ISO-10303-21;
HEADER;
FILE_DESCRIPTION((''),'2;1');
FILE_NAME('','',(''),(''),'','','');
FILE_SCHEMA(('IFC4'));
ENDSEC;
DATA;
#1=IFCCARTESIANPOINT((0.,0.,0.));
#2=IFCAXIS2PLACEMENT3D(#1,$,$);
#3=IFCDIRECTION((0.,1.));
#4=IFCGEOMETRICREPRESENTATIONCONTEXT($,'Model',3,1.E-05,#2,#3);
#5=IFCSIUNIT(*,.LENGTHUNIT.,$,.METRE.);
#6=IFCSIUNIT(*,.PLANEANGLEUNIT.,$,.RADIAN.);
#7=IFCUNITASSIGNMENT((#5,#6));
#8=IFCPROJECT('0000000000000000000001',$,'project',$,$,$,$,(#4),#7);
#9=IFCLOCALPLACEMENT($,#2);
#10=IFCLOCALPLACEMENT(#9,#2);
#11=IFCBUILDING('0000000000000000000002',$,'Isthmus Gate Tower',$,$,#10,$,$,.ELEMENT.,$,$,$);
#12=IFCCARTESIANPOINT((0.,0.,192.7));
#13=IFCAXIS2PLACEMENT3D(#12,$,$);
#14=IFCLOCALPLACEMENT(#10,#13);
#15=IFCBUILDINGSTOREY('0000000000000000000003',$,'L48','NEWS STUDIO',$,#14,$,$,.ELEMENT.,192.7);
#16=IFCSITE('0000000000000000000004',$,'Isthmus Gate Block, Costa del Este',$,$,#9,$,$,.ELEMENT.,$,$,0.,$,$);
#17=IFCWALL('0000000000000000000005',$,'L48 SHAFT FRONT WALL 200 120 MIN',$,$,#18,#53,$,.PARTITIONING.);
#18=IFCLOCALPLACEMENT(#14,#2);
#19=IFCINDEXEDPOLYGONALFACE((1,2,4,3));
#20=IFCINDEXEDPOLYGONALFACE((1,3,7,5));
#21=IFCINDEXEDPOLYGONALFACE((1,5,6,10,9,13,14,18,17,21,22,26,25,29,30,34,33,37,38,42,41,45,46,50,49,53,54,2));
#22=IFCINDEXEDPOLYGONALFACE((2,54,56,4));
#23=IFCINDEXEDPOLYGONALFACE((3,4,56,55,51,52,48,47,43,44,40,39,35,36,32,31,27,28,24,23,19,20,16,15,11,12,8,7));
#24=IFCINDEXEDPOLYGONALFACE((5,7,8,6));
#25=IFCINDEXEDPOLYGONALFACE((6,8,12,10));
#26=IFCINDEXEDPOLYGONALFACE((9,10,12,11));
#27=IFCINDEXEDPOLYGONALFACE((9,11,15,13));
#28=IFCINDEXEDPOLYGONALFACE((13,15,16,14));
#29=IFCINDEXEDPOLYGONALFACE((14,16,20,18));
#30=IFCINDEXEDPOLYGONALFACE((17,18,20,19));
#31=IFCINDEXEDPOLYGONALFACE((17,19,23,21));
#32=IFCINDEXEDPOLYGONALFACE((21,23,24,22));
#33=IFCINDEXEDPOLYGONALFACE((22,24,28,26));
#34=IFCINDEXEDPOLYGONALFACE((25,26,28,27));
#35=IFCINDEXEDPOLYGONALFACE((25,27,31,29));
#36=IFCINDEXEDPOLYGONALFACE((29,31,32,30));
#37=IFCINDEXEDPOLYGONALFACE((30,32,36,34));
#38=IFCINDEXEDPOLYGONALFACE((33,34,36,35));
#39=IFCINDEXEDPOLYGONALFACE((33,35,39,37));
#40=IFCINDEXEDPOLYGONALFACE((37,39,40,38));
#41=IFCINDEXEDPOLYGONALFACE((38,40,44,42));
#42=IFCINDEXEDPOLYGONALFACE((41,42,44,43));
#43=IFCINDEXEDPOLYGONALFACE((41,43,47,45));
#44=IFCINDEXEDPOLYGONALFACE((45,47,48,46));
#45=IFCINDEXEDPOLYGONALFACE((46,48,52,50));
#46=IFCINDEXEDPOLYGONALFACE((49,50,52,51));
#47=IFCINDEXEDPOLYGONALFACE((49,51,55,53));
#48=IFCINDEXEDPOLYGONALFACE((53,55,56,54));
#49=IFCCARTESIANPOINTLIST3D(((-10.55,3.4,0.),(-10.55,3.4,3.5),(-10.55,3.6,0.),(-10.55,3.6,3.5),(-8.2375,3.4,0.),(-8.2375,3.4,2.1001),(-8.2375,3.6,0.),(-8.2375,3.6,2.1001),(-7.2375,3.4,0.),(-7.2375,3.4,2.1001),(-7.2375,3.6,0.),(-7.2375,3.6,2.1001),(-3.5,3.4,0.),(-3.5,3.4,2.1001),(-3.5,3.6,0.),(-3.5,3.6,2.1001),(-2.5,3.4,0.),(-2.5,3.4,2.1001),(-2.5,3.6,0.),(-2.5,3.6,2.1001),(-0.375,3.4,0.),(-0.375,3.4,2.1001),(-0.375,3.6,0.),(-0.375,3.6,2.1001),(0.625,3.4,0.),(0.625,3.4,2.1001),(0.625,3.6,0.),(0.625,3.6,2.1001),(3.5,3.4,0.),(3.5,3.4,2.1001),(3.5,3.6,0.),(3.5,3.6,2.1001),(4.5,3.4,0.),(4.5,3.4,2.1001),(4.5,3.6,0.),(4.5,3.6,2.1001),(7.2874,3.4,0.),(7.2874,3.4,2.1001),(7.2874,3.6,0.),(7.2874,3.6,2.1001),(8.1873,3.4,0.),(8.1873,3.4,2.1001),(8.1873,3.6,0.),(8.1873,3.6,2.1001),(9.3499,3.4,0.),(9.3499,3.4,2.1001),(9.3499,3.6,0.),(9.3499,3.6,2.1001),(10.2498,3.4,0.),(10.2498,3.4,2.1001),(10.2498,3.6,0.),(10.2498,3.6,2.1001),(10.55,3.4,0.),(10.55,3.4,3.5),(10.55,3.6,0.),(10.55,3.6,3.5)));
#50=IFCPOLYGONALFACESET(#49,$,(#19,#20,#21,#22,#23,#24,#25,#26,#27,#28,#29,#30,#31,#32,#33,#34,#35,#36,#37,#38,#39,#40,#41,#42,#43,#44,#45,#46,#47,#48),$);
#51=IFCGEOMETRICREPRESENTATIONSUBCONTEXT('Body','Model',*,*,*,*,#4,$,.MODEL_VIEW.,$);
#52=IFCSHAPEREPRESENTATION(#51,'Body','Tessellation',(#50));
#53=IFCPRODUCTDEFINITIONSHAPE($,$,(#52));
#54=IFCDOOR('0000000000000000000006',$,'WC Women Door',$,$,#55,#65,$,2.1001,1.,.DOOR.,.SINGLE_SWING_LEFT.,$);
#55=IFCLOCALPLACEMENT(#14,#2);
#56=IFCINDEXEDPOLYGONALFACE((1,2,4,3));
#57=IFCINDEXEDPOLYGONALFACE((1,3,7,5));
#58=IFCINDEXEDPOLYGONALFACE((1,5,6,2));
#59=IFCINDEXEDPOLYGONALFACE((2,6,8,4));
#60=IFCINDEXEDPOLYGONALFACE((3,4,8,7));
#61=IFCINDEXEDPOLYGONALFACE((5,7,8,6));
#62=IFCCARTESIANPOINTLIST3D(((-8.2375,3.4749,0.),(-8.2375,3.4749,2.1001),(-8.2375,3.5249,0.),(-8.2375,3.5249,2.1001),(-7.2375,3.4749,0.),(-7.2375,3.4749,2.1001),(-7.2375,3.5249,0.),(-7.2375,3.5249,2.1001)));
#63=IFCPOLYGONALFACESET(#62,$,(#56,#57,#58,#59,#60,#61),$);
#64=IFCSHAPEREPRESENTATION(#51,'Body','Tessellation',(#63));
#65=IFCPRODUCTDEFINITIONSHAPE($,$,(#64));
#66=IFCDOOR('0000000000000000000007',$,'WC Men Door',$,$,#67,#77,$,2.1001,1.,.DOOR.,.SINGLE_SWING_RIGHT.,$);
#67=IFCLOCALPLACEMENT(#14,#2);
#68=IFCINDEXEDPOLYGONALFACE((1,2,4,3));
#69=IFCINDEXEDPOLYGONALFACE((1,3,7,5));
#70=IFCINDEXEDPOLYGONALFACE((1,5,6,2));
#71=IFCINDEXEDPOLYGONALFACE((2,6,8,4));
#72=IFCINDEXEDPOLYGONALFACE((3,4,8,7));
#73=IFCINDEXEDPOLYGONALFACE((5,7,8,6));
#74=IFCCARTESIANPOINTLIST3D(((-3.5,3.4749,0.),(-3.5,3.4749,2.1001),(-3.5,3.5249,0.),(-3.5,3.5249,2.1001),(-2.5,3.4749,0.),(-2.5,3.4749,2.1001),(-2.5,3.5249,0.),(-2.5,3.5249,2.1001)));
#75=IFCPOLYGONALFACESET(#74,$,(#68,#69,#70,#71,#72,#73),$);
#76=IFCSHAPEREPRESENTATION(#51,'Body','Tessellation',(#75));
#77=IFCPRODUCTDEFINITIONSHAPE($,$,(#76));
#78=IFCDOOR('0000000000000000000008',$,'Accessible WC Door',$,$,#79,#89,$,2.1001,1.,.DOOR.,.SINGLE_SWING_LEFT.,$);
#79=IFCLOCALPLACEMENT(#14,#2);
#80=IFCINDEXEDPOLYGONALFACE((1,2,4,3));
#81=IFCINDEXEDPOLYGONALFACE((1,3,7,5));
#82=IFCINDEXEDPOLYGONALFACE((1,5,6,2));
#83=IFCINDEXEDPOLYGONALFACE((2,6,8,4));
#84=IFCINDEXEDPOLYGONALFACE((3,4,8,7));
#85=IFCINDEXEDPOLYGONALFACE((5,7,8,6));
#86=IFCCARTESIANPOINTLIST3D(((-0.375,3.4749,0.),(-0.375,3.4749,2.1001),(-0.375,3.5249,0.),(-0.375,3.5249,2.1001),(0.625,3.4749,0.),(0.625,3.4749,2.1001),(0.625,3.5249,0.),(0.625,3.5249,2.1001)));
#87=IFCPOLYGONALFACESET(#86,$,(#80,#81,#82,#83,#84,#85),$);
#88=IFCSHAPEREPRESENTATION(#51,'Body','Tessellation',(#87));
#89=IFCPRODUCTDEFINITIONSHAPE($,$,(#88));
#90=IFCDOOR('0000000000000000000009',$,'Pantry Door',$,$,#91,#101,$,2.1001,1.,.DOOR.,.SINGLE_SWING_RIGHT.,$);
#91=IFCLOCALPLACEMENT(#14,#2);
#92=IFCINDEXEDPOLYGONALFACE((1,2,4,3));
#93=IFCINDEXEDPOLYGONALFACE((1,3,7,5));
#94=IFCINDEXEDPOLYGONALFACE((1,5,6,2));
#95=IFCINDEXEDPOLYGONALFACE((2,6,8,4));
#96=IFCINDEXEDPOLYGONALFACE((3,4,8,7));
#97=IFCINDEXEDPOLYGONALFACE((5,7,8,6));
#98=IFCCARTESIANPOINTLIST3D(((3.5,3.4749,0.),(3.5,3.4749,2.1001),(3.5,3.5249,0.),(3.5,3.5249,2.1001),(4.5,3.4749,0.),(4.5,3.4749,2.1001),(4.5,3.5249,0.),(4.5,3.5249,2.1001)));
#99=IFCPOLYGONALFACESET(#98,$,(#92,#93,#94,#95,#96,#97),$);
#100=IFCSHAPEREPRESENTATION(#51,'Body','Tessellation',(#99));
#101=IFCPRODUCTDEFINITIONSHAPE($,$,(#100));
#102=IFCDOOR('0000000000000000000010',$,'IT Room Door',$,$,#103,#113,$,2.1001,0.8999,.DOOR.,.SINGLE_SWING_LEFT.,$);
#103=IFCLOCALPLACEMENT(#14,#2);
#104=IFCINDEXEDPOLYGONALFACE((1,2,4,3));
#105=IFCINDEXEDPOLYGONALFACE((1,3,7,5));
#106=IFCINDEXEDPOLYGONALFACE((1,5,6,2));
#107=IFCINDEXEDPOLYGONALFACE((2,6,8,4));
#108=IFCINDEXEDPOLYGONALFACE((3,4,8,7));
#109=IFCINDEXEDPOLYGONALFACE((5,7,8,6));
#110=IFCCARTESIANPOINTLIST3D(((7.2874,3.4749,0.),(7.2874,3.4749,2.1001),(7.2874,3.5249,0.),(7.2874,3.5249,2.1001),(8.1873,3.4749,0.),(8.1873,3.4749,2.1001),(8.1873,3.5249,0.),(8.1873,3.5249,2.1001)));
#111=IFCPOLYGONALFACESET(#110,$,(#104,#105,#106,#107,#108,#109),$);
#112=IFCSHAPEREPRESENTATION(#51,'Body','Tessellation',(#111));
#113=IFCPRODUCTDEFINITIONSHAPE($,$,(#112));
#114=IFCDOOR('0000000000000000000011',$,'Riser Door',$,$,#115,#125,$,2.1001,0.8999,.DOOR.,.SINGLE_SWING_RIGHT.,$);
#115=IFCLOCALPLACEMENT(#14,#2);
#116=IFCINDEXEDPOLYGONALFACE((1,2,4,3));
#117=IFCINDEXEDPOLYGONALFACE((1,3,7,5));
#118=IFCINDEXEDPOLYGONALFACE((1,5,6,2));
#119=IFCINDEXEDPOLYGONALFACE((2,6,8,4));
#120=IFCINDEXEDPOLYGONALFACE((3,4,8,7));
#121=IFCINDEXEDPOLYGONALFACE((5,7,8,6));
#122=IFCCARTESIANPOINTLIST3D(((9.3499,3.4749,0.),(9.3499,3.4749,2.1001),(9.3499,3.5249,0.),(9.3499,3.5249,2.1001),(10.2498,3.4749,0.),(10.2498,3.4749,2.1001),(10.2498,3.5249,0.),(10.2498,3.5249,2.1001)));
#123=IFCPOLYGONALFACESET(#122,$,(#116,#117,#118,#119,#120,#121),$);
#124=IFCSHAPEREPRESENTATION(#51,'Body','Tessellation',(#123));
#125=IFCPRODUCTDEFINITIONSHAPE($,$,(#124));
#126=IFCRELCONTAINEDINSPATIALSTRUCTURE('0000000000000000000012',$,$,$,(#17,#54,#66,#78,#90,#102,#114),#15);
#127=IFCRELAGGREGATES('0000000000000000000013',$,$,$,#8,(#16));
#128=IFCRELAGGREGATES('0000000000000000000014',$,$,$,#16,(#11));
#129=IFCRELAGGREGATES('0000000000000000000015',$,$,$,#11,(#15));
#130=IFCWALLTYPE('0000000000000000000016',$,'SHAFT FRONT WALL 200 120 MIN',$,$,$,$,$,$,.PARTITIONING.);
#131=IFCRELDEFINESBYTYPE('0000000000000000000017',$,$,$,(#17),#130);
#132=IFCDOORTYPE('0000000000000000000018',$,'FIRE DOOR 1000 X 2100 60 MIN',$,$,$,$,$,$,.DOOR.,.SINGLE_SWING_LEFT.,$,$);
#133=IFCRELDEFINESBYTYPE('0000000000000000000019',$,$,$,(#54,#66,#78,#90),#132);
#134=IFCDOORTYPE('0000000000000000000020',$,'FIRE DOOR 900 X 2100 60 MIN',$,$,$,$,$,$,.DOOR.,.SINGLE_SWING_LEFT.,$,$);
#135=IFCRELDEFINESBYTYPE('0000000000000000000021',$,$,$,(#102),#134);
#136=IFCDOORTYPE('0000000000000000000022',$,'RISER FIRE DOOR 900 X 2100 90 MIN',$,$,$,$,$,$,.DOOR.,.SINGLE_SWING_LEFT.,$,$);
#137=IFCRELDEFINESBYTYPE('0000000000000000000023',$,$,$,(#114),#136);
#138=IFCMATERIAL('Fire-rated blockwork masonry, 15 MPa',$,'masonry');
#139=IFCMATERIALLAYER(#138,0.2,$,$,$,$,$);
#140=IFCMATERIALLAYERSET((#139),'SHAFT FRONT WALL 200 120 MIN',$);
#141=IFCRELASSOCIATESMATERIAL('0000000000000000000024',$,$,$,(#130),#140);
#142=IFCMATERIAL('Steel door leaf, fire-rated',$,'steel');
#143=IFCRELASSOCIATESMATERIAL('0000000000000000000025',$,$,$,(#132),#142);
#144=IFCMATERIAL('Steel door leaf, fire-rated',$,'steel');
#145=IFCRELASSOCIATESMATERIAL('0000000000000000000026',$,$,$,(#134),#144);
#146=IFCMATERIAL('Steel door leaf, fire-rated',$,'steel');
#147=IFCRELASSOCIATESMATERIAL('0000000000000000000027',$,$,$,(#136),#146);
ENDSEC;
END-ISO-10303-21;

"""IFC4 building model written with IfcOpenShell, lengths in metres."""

from ifc_helpers import new_model, si_unit, direction, frame, frame_2d, origin, place, context, subcontext, project, spatial, rectangle, extrude, material, layer, layer_set, type_object, element, fill, save


model = new_model("IFC4")

# Units and contexts
model_context = context("Model", 3, precision=1e-05, world=origin(), true_north=direction((0.0, 1.0)))
body_context = subcontext(model_context, "Body", "Model", "MODEL_VIEW")
ifc_project = project(units=[si_unit("LENGTHUNIT", "METRE"), si_unit("PLANEANGLEUNIT", "RADIAN")], contexts=[model_context])

# Site, building, storey
site_placement = place(None, origin())
site = spatial("IfcSite", under=ifc_project, at=site_placement, Name="Isthmus Gate Block, Costa del Este", CompositionType="ELEMENT", RefElevation=0.0)
building_placement = place(site_placement, origin())
building = spatial("IfcBuilding", under=site, at=building_placement, Name="Isthmus Gate Tower", CompositionType="ELEMENT")
storey_placement = place(building_placement, frame((0.0, 0.0, 192.7)))
storey = spatial("IfcBuildingStorey", under=building, at=storey_placement, Name="L48", Description="NEWS STUDIO", CompositionType="ELEMENT", Elevation=192.7)

# Wall, openings, doors
ifc_material_1 = material(Name="Fire-rated blockwork masonry, 15 MPa", Category="masonry")
ifc_layer_1 = layer(ifc_material_1, 0.2)
ifc_layer_set_1 = layer_set([ifc_layer_1], Name="SHAFT FRONT WALL 200 120 MIN")
wall_type_1 = type_object("IfcWallType", Name="SHAFT FRONT WALL 200 120 MIN", PredefinedType="PARTITIONING", material=ifc_layer_set_1)
wall_1_placement = place(storey_placement, frame((-10.55, 3.5, 0.0), z_axis=(0.0, 0.0, 1.0), x_axis=(1.0, 0.0, 0.0)))
wall_1 = element("IfcWall", 1, at=wall_1_placement, inside=storey, type_object=wall_type_1, Name="L48 SHAFT FRONT WALL 200 120 MIN", PredefinedType="PARTITIONING", context=body_context, shape_type="SweptSolid", body=[
    extrude(rectangle(XDim=21.1001, YDim=0.2, at=frame_2d((10.55, 0.0))), origin(), (0.0, 0.0, 1.0), 3.5),
])
opening_1_placement = place(wall_1_placement, frame((2.3125, 0.0, 0.0)))
opening_1 = element("IfcOpeningElement", 2, at=opening_1_placement, cuts=wall_1, PredefinedType="OPENING", context=body_context, shape_type="SweptSolid", body=[
    extrude(rectangle(XDim=1.0, YDim=2.1001, at=frame_2d((0.5, 1.05))), frame((0.0, 0.1099, 0.0), z_axis=(0.0, -1.0, 0.0), x_axis=(1.0, 0.0, 0.0)), (0.0, 0.0, 1.0), 0.22),
])
opening_2_placement = place(wall_1_placement, frame((7.05, 0.0, 0.0)))
opening_2 = element("IfcOpeningElement", 3, at=opening_2_placement, cuts=wall_1, PredefinedType="OPENING", context=body_context, shape_type="SweptSolid", body=[
    extrude(rectangle(XDim=1.0, YDim=2.1001, at=frame_2d((0.5, 1.05))), frame((0.0, 0.1099, 0.0), z_axis=(0.0, -1.0, 0.0), x_axis=(1.0, 0.0, 0.0)), (0.0, 0.0, 1.0), 0.22),
])
opening_3_placement = place(wall_1_placement, frame((10.175, 0.0, 0.0)))
opening_3 = element("IfcOpeningElement", 4, at=opening_3_placement, cuts=wall_1, PredefinedType="OPENING", context=body_context, shape_type="SweptSolid", body=[
    extrude(rectangle(XDim=1.0, YDim=2.1001, at=frame_2d((0.5, 1.05))), frame((0.0, 0.1099, 0.0), z_axis=(0.0, -1.0, 0.0), x_axis=(1.0, 0.0, 0.0)), (0.0, 0.0, 1.0), 0.22),
])
opening_4_placement = place(wall_1_placement, frame((14.05, 0.0, 0.0)))
opening_4 = element("IfcOpeningElement", 5, at=opening_4_placement, cuts=wall_1, PredefinedType="OPENING", context=body_context, shape_type="SweptSolid", body=[
    extrude(rectangle(XDim=1.0, YDim=2.1001, at=frame_2d((0.5, 1.05))), frame((0.0, 0.1099, 0.0), z_axis=(0.0, -1.0, 0.0), x_axis=(1.0, 0.0, 0.0)), (0.0, 0.0, 1.0), 0.22),
])
opening_5_placement = place(wall_1_placement, frame((17.8374, 0.0, 0.0)))
opening_5 = element("IfcOpeningElement", 6, at=opening_5_placement, cuts=wall_1, PredefinedType="OPENING", context=body_context, shape_type="SweptSolid", body=[
    extrude(rectangle(XDim=0.8999, YDim=2.1001, at=frame_2d((0.45, 1.05))), frame((0.0, 0.1099, 0.0), z_axis=(0.0, -1.0, 0.0), x_axis=(1.0, 0.0, 0.0)), (0.0, 0.0, 1.0), 0.22),
])
opening_6_placement = place(wall_1_placement, frame((19.8999, 0.0, 0.0)))
opening_6 = element("IfcOpeningElement", 7, at=opening_6_placement, cuts=wall_1, PredefinedType="OPENING", context=body_context, shape_type="SweptSolid", body=[
    extrude(rectangle(XDim=0.8999, YDim=2.1001, at=frame_2d((0.45, 1.05))), frame((0.0, 0.1099, 0.0), z_axis=(0.0, -1.0, 0.0), x_axis=(1.0, 0.0, 0.0)), (0.0, 0.0, 1.0), 0.22),
])
ifc_material_2 = material(Name="Steel door leaf, fire-rated", Category="steel")
door_type_1 = type_object("IfcDoorType", Name="FIRE DOOR 1000 X 2100 60 MIN", OperationType="SINGLE_SWING_LEFT", PredefinedType="DOOR", material=ifc_material_2)
door_1_placement = place(opening_1_placement, origin())
door_1 = element("IfcDoor", 8, at=door_1_placement, inside=storey, type_object=door_type_1, Name="WC Women Door", OperationType="SINGLE_SWING_LEFT", OverallHeight=2.1001, OverallWidth=1.0, PredefinedType="DOOR", context=body_context, shape_type="SweptSolid", body=[
    extrude(rectangle(XDim=1.0, YDim=2.1001, at=frame_2d((0.5, 1.05))), frame((0.0, 0.0249, 0.0), z_axis=(0.0, -1.0, 0.0), x_axis=(1.0, 0.0, 0.0)), (0.0, 0.0, 1.0), 0.05),
])
fill(opening_1, door_1)
door_2_placement = place(opening_2_placement, origin())
door_2 = element("IfcDoor", 9, at=door_2_placement, inside=storey, type_object=door_type_1, Name="WC Men Door", OperationType="SINGLE_SWING_RIGHT", OverallHeight=2.1001, OverallWidth=1.0, PredefinedType="DOOR", context=body_context, shape_type="SweptSolid", body=[
    extrude(rectangle(XDim=1.0, YDim=2.1001, at=frame_2d((0.5, 1.05))), frame((0.0, 0.0249, 0.0), z_axis=(0.0, -1.0, 0.0), x_axis=(1.0, 0.0, 0.0)), (0.0, 0.0, 1.0), 0.05),
])
fill(opening_2, door_2)
door_3_placement = place(opening_3_placement, origin())
door_3 = element("IfcDoor", 10, at=door_3_placement, inside=storey, type_object=door_type_1, Name="Accessible WC Door", OperationType="SINGLE_SWING_LEFT", OverallHeight=2.1001, OverallWidth=1.0, PredefinedType="DOOR", context=body_context, shape_type="SweptSolid", body=[
    extrude(rectangle(XDim=1.0, YDim=2.1001, at=frame_2d((0.5, 1.05))), frame((0.0, 0.0249, 0.0), z_axis=(0.0, -1.0, 0.0), x_axis=(1.0, 0.0, 0.0)), (0.0, 0.0, 1.0), 0.05),
])
fill(opening_3, door_3)
door_4_placement = place(opening_4_placement, origin())
door_4 = element("IfcDoor", 11, at=door_4_placement, inside=storey, type_object=door_type_1, Name="Pantry Door", OperationType="SINGLE_SWING_RIGHT", OverallHeight=2.1001, OverallWidth=1.0, PredefinedType="DOOR", context=body_context, shape_type="SweptSolid", body=[
    extrude(rectangle(XDim=1.0, YDim=2.1001, at=frame_2d((0.5, 1.05))), frame((0.0, 0.0249, 0.0), z_axis=(0.0, -1.0, 0.0), x_axis=(1.0, 0.0, 0.0)), (0.0, 0.0, 1.0), 0.05),
])
fill(opening_4, door_4)
ifc_material_3 = material(Name="Steel door leaf, fire-rated", Category="steel")
door_type_2 = type_object("IfcDoorType", Name="FIRE DOOR 900 X 2100 60 MIN", OperationType="SINGLE_SWING_LEFT", PredefinedType="DOOR", material=ifc_material_3)
door_5_placement = place(opening_5_placement, origin())
door_5 = element("IfcDoor", 12, at=door_5_placement, inside=storey, type_object=door_type_2, Name="IT Room Door", OperationType="SINGLE_SWING_LEFT", OverallHeight=2.1001, OverallWidth=0.8999, PredefinedType="DOOR", context=body_context, shape_type="SweptSolid", body=[
    extrude(rectangle(XDim=0.8999, YDim=2.1001, at=frame_2d((0.45, 1.05))), frame((0.0, 0.0249, 0.0), z_axis=(0.0, -1.0, 0.0), x_axis=(1.0, 0.0, 0.0)), (0.0, 0.0, 1.0), 0.05),
])
fill(opening_5, door_5)
ifc_material_4 = material(Name="Steel door leaf, fire-rated", Category="steel")
door_type_3 = type_object("IfcDoorType", Name="RISER FIRE DOOR 900 X 2100 90 MIN", OperationType="SINGLE_SWING_LEFT", PredefinedType="DOOR", material=ifc_material_4)
door_6_placement = place(opening_6_placement, origin())
door_6 = element("IfcDoor", 13, at=door_6_placement, inside=storey, type_object=door_type_3, Name="Riser Door", OperationType="SINGLE_SWING_RIGHT", OverallHeight=2.1001, OverallWidth=0.8999, PredefinedType="DOOR", context=body_context, shape_type="SweptSolid", body=[
    extrude(rectangle(XDim=0.8999, YDim=2.1001, at=frame_2d((0.45, 1.05))), frame((0.0, 0.0249, 0.0), z_axis=(0.0, -1.0, 0.0), x_axis=(1.0, 0.0, 0.0)), (0.0, 0.0, 1.0), 0.05),
])
fill(opening_6, door_6)

save(model, "model.ifc")
